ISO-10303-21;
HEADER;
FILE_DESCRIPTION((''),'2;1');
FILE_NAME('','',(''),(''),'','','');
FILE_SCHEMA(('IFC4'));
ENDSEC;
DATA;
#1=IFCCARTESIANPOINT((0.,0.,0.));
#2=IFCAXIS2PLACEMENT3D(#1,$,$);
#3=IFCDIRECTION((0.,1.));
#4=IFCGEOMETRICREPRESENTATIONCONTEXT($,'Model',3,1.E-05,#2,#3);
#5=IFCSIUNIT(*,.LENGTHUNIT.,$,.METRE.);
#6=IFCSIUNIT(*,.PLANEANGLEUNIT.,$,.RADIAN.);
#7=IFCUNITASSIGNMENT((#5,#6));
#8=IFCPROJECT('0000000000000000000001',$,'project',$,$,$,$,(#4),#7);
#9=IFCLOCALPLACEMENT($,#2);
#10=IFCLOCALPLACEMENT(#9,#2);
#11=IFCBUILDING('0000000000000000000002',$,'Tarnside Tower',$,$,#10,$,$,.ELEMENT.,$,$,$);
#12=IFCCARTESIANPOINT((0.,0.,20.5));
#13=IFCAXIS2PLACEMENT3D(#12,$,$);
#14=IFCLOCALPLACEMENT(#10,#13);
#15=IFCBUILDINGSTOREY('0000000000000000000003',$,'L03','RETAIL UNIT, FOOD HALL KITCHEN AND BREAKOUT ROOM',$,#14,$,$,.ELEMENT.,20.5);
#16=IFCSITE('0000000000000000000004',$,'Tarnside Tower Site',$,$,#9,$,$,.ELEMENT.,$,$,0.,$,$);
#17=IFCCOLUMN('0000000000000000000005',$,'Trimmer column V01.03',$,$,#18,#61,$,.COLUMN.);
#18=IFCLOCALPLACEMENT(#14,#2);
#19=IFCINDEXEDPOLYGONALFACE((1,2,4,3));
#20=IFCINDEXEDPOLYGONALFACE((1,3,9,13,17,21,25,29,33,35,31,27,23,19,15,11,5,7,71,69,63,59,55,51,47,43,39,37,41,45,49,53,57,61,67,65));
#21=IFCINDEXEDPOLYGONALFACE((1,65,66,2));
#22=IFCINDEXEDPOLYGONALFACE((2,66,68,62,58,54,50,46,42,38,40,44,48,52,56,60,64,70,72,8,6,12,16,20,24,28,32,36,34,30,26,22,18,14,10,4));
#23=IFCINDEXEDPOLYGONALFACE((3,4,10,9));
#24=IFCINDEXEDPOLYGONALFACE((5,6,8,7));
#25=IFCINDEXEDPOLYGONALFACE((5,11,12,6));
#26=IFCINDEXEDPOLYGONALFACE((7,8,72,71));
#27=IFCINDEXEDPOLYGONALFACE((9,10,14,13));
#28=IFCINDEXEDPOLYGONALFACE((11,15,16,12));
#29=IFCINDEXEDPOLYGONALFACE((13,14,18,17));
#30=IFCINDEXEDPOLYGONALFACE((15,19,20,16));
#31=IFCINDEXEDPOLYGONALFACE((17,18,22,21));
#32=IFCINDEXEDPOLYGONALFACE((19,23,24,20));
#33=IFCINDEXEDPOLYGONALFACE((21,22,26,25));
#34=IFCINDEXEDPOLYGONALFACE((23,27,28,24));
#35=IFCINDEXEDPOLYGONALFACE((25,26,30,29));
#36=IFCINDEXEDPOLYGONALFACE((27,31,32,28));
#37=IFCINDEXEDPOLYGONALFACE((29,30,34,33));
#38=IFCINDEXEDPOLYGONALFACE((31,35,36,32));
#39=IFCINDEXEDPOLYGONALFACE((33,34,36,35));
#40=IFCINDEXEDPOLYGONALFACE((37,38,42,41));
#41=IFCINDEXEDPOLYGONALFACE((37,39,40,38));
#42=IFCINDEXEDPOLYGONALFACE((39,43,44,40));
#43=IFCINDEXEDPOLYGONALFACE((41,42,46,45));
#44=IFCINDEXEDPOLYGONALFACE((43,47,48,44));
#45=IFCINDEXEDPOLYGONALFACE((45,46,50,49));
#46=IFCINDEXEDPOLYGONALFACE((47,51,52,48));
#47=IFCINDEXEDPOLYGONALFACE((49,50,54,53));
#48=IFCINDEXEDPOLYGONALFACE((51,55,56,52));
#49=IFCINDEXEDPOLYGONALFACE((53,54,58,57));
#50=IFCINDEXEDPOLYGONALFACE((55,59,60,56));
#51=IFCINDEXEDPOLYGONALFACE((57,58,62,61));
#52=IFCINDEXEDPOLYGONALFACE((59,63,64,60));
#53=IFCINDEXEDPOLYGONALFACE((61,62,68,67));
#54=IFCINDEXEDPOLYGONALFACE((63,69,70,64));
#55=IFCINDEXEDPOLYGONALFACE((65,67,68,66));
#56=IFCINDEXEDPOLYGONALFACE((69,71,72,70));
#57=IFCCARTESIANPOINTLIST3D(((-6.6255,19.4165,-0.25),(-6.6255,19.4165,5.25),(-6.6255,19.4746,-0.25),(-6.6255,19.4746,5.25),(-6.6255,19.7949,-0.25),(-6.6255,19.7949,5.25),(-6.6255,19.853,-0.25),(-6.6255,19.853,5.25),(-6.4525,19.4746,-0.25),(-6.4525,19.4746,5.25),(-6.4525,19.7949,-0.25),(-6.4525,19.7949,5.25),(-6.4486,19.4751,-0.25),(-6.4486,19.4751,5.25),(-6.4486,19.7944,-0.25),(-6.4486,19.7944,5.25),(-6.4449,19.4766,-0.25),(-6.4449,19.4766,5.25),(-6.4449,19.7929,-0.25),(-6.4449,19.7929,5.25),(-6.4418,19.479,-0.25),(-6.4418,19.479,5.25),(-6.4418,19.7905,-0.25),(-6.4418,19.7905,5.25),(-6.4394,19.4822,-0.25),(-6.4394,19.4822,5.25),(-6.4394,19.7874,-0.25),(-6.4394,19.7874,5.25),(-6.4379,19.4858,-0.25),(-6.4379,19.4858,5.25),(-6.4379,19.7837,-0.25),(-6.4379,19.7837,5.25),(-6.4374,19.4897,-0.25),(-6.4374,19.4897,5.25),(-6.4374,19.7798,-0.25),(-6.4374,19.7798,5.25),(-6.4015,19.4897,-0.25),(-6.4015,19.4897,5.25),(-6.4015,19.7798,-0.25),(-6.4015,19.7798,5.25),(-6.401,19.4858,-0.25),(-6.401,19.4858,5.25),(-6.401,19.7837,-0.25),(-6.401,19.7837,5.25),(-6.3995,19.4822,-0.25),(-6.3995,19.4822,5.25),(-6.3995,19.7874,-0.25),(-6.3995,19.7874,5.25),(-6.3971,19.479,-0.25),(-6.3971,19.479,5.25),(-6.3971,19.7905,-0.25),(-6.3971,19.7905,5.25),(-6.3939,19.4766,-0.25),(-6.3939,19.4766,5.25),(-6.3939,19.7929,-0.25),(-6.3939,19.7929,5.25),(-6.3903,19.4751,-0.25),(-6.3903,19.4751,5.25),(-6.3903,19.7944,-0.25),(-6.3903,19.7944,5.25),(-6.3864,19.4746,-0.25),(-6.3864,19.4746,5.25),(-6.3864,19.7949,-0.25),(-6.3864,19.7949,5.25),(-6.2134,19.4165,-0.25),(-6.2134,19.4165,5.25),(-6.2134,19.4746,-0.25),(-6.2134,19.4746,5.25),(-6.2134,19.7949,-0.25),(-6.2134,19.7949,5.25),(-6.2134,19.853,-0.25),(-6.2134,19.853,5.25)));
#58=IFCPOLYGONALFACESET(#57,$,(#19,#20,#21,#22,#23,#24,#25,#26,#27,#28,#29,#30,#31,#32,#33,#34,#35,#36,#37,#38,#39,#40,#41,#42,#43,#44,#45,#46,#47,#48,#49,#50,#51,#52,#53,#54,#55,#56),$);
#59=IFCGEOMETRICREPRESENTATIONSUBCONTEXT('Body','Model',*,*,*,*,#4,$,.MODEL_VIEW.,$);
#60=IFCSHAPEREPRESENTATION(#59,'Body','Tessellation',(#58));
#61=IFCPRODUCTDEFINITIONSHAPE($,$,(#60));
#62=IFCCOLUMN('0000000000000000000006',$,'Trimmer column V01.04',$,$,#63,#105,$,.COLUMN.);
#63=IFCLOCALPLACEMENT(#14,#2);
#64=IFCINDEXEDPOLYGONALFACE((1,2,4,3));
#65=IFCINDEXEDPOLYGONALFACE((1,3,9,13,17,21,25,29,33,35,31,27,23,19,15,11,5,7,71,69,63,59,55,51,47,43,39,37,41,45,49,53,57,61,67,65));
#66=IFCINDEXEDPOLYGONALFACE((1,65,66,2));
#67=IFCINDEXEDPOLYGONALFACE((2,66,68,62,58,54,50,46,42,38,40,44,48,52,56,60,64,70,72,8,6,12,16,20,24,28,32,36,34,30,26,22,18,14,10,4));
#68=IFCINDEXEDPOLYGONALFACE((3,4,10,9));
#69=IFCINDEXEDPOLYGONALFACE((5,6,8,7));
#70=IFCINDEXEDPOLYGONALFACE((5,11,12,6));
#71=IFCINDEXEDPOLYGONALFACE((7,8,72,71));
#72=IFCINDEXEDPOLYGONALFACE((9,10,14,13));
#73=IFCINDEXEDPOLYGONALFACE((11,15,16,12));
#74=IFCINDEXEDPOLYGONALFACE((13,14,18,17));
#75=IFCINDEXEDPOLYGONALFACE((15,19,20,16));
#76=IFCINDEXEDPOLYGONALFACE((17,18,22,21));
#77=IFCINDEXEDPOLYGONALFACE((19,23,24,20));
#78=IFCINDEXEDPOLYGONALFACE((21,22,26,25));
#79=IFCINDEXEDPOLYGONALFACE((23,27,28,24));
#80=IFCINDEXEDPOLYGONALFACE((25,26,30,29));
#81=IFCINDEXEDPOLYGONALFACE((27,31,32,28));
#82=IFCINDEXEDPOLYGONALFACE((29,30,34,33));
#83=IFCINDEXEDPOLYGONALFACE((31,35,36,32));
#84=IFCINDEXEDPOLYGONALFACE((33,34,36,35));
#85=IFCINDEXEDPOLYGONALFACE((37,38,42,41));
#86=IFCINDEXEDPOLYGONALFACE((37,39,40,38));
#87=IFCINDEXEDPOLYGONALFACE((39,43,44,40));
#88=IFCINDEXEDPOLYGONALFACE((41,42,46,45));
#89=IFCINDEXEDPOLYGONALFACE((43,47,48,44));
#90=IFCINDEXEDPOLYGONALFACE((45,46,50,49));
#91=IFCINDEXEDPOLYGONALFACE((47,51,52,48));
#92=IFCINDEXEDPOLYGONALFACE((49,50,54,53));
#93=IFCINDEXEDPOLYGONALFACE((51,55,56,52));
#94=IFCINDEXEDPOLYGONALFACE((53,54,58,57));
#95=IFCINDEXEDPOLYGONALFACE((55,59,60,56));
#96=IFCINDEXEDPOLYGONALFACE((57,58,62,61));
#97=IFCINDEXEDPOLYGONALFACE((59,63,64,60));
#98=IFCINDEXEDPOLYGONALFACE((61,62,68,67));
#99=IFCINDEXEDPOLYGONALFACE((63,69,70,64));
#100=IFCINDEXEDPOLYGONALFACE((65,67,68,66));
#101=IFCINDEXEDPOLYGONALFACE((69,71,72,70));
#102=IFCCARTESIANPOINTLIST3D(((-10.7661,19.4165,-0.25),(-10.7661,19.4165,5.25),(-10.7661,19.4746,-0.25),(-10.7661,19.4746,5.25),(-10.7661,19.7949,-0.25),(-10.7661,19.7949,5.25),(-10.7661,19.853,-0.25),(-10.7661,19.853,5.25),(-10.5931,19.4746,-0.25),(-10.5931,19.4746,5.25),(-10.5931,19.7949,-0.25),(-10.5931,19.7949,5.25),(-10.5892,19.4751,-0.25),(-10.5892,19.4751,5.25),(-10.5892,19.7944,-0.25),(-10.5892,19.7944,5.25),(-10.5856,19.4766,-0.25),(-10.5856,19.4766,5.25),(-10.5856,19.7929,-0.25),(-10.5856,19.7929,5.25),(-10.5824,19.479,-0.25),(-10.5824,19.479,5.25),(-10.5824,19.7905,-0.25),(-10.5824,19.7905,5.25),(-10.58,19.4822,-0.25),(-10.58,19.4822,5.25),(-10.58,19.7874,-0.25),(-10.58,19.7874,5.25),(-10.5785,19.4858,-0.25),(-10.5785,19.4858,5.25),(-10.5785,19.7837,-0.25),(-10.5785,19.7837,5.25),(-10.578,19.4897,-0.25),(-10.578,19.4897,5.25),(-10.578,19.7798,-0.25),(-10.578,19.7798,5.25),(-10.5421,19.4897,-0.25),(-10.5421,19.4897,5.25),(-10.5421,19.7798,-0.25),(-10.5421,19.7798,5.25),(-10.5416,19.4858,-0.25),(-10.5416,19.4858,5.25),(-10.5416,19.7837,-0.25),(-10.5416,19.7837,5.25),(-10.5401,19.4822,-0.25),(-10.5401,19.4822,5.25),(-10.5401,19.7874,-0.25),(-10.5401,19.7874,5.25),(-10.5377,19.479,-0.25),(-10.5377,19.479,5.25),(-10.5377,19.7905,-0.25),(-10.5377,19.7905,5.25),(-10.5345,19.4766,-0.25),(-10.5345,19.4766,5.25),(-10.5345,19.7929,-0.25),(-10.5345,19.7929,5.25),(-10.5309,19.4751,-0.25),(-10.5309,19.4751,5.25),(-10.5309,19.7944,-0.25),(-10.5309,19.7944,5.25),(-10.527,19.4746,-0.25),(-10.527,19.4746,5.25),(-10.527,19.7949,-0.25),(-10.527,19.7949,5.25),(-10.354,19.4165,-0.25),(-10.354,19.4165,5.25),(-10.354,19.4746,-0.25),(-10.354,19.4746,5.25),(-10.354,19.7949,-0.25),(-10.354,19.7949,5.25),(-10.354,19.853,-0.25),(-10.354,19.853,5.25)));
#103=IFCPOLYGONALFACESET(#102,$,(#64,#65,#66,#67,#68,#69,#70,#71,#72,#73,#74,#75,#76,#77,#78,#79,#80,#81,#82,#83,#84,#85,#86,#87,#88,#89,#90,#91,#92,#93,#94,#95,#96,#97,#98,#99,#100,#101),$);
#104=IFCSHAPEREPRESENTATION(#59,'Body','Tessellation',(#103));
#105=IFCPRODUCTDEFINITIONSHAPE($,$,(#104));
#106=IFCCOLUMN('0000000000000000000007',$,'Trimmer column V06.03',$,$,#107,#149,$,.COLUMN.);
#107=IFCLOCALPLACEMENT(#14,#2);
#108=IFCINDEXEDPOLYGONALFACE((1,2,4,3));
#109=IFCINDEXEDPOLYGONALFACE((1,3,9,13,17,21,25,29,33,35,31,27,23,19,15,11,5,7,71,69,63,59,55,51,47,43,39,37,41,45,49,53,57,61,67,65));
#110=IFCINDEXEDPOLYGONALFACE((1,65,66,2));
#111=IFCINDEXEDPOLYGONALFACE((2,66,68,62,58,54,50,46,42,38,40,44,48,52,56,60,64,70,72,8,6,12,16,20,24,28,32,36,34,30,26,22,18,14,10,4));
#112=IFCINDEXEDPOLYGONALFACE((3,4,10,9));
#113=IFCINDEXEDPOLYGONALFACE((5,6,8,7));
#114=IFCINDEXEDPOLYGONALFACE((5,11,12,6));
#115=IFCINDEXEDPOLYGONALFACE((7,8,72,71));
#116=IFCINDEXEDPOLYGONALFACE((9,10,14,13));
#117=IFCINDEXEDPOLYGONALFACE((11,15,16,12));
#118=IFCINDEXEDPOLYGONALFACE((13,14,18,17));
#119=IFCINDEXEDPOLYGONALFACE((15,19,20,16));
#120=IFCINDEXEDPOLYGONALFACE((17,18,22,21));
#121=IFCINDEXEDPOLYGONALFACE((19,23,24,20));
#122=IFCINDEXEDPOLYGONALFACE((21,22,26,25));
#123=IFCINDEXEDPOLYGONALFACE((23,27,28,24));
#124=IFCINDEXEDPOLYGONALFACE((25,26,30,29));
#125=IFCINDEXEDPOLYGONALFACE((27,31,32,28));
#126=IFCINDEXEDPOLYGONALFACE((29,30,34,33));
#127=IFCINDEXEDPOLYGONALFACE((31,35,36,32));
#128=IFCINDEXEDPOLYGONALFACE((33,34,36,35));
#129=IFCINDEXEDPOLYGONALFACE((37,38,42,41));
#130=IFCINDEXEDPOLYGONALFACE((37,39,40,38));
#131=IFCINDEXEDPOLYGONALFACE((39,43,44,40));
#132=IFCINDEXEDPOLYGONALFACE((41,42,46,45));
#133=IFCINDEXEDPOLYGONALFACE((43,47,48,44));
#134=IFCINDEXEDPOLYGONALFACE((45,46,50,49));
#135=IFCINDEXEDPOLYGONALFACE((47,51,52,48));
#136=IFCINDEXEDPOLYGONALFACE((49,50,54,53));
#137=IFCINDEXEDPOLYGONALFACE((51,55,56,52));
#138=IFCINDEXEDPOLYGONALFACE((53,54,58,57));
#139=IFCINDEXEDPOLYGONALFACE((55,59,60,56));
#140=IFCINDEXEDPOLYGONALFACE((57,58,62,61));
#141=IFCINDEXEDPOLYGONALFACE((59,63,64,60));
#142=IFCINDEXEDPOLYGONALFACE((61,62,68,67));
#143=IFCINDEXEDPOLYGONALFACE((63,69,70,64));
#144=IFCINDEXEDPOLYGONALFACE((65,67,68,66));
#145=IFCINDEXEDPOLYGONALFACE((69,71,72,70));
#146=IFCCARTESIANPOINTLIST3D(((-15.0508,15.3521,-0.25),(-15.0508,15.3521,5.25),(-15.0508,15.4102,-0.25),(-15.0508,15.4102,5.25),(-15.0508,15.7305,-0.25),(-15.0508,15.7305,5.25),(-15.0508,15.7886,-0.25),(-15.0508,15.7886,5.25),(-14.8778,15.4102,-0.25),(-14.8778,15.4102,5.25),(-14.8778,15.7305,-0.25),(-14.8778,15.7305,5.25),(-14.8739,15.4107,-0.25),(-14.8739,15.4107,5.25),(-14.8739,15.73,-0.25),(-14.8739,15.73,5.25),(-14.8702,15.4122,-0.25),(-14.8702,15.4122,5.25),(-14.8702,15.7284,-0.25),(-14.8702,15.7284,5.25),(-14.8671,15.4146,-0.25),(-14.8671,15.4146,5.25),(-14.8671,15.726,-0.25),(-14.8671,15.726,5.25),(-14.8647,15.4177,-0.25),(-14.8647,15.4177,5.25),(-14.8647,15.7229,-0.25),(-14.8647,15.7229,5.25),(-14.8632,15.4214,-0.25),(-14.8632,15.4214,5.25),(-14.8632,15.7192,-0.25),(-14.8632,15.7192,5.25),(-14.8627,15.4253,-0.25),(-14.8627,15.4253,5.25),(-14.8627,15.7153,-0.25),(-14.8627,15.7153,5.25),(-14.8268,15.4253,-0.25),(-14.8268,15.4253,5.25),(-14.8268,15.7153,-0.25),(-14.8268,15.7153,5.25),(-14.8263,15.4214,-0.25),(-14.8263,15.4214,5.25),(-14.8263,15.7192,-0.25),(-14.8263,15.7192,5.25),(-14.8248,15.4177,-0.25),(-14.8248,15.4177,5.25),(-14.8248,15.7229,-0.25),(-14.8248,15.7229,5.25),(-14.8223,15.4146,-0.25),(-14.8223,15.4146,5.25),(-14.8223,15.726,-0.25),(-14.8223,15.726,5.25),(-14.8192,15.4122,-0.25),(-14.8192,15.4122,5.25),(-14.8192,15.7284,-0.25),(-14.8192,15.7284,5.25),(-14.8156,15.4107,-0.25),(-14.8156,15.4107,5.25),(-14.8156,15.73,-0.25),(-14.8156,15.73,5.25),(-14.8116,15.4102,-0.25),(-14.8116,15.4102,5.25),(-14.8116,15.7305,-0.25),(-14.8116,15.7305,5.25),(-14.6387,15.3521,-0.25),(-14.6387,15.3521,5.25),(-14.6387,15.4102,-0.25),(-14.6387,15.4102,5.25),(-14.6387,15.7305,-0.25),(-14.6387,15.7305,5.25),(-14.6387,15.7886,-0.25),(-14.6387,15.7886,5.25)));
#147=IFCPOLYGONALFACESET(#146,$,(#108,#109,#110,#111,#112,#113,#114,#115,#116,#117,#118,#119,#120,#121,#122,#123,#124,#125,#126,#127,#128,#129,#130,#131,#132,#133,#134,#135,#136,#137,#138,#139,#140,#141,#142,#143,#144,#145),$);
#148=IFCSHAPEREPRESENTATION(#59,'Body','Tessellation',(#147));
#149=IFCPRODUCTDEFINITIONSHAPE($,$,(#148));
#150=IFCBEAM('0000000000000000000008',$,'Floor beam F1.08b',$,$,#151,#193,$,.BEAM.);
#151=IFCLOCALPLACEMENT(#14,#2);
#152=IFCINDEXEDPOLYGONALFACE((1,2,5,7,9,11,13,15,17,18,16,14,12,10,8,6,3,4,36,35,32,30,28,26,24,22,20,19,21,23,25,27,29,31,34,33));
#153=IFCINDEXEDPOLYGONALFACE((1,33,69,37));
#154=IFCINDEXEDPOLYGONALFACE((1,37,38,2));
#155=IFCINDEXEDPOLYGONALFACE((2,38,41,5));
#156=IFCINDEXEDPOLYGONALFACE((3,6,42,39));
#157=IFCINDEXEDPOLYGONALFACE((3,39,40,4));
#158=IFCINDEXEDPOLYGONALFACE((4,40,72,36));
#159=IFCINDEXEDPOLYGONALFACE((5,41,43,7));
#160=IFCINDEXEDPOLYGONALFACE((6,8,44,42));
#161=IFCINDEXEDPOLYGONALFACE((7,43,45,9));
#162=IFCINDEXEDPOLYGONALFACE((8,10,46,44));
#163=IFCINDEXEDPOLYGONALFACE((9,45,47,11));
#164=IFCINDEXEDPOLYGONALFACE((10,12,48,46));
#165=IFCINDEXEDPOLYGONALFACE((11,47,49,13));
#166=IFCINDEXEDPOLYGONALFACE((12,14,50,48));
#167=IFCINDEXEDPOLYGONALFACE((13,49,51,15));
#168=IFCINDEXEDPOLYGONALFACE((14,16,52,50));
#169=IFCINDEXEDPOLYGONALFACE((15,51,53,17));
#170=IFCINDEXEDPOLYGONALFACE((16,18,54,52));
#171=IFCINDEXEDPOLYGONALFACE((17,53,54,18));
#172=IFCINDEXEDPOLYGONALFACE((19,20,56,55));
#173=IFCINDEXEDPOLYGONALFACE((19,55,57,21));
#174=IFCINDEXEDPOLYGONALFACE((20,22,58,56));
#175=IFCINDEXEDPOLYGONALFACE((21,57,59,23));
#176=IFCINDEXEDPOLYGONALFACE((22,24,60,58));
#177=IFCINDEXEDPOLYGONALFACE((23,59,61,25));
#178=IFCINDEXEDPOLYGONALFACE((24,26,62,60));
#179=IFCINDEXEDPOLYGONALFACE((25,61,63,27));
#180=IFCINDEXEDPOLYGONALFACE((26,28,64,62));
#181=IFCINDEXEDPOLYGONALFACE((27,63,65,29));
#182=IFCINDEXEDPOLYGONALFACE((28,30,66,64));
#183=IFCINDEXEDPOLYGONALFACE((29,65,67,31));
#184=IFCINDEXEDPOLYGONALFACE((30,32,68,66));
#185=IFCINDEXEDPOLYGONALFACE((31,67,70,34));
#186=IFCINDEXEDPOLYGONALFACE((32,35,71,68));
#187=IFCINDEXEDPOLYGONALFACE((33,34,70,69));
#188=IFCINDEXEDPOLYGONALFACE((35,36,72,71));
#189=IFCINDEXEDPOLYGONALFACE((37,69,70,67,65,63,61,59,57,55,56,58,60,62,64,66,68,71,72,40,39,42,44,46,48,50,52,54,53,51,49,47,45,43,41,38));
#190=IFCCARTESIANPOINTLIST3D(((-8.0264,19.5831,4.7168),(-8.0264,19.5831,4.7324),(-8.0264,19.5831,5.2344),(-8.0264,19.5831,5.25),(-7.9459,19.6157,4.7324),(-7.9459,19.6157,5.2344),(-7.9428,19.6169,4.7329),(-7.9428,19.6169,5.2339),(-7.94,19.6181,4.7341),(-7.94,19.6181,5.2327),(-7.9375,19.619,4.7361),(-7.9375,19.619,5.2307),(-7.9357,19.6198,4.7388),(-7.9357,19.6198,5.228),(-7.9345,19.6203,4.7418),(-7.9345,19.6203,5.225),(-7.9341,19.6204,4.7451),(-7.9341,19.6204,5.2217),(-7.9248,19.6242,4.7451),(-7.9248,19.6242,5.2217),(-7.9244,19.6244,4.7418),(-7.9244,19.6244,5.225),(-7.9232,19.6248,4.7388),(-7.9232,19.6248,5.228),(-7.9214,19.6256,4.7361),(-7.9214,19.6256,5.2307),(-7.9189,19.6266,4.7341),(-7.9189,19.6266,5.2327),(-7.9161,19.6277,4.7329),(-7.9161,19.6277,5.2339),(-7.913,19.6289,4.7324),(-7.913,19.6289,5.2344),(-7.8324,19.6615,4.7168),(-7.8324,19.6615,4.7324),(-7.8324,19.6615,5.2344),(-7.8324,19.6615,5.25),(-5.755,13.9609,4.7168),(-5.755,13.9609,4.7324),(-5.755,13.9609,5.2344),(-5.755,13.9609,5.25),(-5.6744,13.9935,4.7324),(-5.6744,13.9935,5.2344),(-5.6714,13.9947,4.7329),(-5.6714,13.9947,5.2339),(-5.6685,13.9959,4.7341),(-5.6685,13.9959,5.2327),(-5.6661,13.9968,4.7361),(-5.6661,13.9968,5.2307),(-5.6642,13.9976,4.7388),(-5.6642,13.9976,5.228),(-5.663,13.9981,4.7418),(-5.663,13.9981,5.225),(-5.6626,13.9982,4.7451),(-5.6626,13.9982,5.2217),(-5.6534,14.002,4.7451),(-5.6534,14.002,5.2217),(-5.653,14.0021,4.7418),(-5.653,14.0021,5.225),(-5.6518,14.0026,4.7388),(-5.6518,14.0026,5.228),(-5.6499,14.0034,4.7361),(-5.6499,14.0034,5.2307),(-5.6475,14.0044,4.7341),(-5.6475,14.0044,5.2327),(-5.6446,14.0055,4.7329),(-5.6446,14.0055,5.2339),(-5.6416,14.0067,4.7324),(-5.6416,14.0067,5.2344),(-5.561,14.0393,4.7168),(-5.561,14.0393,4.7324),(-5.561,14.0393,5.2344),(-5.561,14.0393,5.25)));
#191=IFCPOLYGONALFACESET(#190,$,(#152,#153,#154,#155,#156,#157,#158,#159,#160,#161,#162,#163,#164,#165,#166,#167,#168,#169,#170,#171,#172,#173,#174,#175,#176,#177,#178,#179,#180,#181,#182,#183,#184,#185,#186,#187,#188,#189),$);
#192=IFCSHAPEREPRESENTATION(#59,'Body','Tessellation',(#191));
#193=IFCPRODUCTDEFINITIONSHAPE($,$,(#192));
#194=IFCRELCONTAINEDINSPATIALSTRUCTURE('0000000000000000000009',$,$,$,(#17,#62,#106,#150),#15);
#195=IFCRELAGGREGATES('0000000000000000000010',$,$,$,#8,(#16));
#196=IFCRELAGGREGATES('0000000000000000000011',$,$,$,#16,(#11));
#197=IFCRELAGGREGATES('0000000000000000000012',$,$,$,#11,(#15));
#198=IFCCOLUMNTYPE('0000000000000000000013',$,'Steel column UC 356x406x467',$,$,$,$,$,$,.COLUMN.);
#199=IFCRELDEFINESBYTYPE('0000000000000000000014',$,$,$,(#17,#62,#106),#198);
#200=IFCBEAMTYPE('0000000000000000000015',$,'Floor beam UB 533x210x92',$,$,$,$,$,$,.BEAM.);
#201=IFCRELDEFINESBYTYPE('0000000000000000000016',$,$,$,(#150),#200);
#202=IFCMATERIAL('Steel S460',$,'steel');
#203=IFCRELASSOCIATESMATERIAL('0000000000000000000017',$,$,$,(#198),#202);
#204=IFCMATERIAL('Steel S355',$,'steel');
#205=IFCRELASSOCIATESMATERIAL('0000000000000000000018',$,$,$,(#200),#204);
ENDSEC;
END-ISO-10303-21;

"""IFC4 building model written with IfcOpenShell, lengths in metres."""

from ifc_helpers import new_model, si_unit, direction, frame, origin, origin_2d, place, context, subcontext, project, spatial, i_section, extrude, material, material_profile, profile_set, type_object, element, save


model = new_model("IFC4")

# Units and contexts
model_context = context("Model", 3, precision=1e-05, world=origin(), true_north=direction((0.0, 1.0)))
body_context = subcontext(model_context, "Body", "Model", "MODEL_VIEW")
ifc_project = project(units=[si_unit("LENGTHUNIT", "METRE"), si_unit("PLANEANGLEUNIT", "RADIAN")], contexts=[model_context])

# Site, building, storey
site_placement = place(None, origin())
site = spatial("IfcSite", under=ifc_project, at=site_placement, Name="Tarnside Tower Site", CompositionType="ELEMENT", RefElevation=0.0)
building_placement = place(site_placement, origin())
building = spatial("IfcBuilding", under=site, at=building_placement, Name="Tarnside Tower", CompositionType="ELEMENT")
storey_placement = place(building_placement, frame((0.0, 0.0, 20.5)))
storey = spatial("IfcBuildingStorey", under=building, at=storey_placement, Name="L03", Description="RETAIL UNIT, FOOD HALL KITCHEN AND BREAKOUT ROOM", CompositionType="ELEMENT", Elevation=20.5)

# Columns
ifc_material_1 = material(Name="Steel S460", Category="steel")
ifc_material_profile_1 = material_profile(ifc_material_1, i_section(OverallWidth=0.4121, OverallDepth=0.4365, WebThickness=0.0359, FlangeThickness=0.0581, FilletRadius=0.0151, at=origin_2d()), Name="UC 356x406x467")
ifc_profile_set_1 = profile_set([ifc_material_profile_1], Name="Steel S460")
column_type = type_object("IfcColumnType", Name="Steel column UC 356x406x467", PredefinedType="COLUMN", material=ifc_profile_set_1)
for number, where, z_axis, x_axis, name in (
    (1, (-6.4194, 19.6348, -0.25), (0.0, 0.0, 1.0), (1.0, 0.0, 0.0), "Trimmer column V01.03"),
    (2, (-10.5601, 19.6348, -0.25), (0.0, 0.0, 1.0), (1.0, 0.0, 0.0), "Trimmer column V01.04"),
    (3, (-14.8447, 15.5703, -0.25), (0.0, 0.0, 1.0), (1.0, 0.0, 0.0), "Trimmer column V06.03"),
):
    element("IfcColumn", number, at=place(storey_placement, frame(where, z_axis=z_axis, x_axis=x_axis)), inside=storey, type_object=column_type, Name=name, PredefinedType="COLUMN", context=body_context, shape_type="SweptSolid", body=[
        extrude(i_section(OverallWidth=0.4121, OverallDepth=0.4365, WebThickness=0.0359, FlangeThickness=0.0581, FilletRadius=0.0151, at=origin_2d()), origin(), (0.0, 0.0, 1.0), 5.5),
    ])

# Beam
ifc_material_2 = material(Name="Steel S355", Category="steel")
ifc_material_profile_2 = material_profile(ifc_material_2, i_section(OverallWidth=0.2092, OverallDepth=0.5332, WebThickness=0.01, FlangeThickness=0.0156, FilletRadius=0.0127, at=origin_2d()), Name="UB 533x210x92")
ifc_profile_set_2 = profile_set([ifc_material_profile_2], Name="Steel S355")
beam_type_1 = type_object("IfcBeamType", Name="Floor beam UB 533x210x92", PredefinedType="BEAM", material=ifc_profile_set_2)
beam_1_placement = place(storey_placement, frame((-7.9294, 19.6223, 4.9834), z_axis=(0.374596, -0.927188, 0.0), x_axis=(0.927188, 0.374596, 0.0)))
element("IfcBeam", 4, at=beam_1_placement, inside=storey, type_object=beam_type_1, Name="Floor beam F1.08b", PredefinedType="BEAM", context=body_context, shape_type="SweptSolid", body=[
    extrude(i_section(OverallWidth=0.2092, OverallDepth=0.5332, WebThickness=0.01, FlangeThickness=0.0156, FilletRadius=0.0127, at=origin_2d()), origin(), (0.0, 0.0, 1.0), 6.0637),
])

save(model, "model.ifc")
